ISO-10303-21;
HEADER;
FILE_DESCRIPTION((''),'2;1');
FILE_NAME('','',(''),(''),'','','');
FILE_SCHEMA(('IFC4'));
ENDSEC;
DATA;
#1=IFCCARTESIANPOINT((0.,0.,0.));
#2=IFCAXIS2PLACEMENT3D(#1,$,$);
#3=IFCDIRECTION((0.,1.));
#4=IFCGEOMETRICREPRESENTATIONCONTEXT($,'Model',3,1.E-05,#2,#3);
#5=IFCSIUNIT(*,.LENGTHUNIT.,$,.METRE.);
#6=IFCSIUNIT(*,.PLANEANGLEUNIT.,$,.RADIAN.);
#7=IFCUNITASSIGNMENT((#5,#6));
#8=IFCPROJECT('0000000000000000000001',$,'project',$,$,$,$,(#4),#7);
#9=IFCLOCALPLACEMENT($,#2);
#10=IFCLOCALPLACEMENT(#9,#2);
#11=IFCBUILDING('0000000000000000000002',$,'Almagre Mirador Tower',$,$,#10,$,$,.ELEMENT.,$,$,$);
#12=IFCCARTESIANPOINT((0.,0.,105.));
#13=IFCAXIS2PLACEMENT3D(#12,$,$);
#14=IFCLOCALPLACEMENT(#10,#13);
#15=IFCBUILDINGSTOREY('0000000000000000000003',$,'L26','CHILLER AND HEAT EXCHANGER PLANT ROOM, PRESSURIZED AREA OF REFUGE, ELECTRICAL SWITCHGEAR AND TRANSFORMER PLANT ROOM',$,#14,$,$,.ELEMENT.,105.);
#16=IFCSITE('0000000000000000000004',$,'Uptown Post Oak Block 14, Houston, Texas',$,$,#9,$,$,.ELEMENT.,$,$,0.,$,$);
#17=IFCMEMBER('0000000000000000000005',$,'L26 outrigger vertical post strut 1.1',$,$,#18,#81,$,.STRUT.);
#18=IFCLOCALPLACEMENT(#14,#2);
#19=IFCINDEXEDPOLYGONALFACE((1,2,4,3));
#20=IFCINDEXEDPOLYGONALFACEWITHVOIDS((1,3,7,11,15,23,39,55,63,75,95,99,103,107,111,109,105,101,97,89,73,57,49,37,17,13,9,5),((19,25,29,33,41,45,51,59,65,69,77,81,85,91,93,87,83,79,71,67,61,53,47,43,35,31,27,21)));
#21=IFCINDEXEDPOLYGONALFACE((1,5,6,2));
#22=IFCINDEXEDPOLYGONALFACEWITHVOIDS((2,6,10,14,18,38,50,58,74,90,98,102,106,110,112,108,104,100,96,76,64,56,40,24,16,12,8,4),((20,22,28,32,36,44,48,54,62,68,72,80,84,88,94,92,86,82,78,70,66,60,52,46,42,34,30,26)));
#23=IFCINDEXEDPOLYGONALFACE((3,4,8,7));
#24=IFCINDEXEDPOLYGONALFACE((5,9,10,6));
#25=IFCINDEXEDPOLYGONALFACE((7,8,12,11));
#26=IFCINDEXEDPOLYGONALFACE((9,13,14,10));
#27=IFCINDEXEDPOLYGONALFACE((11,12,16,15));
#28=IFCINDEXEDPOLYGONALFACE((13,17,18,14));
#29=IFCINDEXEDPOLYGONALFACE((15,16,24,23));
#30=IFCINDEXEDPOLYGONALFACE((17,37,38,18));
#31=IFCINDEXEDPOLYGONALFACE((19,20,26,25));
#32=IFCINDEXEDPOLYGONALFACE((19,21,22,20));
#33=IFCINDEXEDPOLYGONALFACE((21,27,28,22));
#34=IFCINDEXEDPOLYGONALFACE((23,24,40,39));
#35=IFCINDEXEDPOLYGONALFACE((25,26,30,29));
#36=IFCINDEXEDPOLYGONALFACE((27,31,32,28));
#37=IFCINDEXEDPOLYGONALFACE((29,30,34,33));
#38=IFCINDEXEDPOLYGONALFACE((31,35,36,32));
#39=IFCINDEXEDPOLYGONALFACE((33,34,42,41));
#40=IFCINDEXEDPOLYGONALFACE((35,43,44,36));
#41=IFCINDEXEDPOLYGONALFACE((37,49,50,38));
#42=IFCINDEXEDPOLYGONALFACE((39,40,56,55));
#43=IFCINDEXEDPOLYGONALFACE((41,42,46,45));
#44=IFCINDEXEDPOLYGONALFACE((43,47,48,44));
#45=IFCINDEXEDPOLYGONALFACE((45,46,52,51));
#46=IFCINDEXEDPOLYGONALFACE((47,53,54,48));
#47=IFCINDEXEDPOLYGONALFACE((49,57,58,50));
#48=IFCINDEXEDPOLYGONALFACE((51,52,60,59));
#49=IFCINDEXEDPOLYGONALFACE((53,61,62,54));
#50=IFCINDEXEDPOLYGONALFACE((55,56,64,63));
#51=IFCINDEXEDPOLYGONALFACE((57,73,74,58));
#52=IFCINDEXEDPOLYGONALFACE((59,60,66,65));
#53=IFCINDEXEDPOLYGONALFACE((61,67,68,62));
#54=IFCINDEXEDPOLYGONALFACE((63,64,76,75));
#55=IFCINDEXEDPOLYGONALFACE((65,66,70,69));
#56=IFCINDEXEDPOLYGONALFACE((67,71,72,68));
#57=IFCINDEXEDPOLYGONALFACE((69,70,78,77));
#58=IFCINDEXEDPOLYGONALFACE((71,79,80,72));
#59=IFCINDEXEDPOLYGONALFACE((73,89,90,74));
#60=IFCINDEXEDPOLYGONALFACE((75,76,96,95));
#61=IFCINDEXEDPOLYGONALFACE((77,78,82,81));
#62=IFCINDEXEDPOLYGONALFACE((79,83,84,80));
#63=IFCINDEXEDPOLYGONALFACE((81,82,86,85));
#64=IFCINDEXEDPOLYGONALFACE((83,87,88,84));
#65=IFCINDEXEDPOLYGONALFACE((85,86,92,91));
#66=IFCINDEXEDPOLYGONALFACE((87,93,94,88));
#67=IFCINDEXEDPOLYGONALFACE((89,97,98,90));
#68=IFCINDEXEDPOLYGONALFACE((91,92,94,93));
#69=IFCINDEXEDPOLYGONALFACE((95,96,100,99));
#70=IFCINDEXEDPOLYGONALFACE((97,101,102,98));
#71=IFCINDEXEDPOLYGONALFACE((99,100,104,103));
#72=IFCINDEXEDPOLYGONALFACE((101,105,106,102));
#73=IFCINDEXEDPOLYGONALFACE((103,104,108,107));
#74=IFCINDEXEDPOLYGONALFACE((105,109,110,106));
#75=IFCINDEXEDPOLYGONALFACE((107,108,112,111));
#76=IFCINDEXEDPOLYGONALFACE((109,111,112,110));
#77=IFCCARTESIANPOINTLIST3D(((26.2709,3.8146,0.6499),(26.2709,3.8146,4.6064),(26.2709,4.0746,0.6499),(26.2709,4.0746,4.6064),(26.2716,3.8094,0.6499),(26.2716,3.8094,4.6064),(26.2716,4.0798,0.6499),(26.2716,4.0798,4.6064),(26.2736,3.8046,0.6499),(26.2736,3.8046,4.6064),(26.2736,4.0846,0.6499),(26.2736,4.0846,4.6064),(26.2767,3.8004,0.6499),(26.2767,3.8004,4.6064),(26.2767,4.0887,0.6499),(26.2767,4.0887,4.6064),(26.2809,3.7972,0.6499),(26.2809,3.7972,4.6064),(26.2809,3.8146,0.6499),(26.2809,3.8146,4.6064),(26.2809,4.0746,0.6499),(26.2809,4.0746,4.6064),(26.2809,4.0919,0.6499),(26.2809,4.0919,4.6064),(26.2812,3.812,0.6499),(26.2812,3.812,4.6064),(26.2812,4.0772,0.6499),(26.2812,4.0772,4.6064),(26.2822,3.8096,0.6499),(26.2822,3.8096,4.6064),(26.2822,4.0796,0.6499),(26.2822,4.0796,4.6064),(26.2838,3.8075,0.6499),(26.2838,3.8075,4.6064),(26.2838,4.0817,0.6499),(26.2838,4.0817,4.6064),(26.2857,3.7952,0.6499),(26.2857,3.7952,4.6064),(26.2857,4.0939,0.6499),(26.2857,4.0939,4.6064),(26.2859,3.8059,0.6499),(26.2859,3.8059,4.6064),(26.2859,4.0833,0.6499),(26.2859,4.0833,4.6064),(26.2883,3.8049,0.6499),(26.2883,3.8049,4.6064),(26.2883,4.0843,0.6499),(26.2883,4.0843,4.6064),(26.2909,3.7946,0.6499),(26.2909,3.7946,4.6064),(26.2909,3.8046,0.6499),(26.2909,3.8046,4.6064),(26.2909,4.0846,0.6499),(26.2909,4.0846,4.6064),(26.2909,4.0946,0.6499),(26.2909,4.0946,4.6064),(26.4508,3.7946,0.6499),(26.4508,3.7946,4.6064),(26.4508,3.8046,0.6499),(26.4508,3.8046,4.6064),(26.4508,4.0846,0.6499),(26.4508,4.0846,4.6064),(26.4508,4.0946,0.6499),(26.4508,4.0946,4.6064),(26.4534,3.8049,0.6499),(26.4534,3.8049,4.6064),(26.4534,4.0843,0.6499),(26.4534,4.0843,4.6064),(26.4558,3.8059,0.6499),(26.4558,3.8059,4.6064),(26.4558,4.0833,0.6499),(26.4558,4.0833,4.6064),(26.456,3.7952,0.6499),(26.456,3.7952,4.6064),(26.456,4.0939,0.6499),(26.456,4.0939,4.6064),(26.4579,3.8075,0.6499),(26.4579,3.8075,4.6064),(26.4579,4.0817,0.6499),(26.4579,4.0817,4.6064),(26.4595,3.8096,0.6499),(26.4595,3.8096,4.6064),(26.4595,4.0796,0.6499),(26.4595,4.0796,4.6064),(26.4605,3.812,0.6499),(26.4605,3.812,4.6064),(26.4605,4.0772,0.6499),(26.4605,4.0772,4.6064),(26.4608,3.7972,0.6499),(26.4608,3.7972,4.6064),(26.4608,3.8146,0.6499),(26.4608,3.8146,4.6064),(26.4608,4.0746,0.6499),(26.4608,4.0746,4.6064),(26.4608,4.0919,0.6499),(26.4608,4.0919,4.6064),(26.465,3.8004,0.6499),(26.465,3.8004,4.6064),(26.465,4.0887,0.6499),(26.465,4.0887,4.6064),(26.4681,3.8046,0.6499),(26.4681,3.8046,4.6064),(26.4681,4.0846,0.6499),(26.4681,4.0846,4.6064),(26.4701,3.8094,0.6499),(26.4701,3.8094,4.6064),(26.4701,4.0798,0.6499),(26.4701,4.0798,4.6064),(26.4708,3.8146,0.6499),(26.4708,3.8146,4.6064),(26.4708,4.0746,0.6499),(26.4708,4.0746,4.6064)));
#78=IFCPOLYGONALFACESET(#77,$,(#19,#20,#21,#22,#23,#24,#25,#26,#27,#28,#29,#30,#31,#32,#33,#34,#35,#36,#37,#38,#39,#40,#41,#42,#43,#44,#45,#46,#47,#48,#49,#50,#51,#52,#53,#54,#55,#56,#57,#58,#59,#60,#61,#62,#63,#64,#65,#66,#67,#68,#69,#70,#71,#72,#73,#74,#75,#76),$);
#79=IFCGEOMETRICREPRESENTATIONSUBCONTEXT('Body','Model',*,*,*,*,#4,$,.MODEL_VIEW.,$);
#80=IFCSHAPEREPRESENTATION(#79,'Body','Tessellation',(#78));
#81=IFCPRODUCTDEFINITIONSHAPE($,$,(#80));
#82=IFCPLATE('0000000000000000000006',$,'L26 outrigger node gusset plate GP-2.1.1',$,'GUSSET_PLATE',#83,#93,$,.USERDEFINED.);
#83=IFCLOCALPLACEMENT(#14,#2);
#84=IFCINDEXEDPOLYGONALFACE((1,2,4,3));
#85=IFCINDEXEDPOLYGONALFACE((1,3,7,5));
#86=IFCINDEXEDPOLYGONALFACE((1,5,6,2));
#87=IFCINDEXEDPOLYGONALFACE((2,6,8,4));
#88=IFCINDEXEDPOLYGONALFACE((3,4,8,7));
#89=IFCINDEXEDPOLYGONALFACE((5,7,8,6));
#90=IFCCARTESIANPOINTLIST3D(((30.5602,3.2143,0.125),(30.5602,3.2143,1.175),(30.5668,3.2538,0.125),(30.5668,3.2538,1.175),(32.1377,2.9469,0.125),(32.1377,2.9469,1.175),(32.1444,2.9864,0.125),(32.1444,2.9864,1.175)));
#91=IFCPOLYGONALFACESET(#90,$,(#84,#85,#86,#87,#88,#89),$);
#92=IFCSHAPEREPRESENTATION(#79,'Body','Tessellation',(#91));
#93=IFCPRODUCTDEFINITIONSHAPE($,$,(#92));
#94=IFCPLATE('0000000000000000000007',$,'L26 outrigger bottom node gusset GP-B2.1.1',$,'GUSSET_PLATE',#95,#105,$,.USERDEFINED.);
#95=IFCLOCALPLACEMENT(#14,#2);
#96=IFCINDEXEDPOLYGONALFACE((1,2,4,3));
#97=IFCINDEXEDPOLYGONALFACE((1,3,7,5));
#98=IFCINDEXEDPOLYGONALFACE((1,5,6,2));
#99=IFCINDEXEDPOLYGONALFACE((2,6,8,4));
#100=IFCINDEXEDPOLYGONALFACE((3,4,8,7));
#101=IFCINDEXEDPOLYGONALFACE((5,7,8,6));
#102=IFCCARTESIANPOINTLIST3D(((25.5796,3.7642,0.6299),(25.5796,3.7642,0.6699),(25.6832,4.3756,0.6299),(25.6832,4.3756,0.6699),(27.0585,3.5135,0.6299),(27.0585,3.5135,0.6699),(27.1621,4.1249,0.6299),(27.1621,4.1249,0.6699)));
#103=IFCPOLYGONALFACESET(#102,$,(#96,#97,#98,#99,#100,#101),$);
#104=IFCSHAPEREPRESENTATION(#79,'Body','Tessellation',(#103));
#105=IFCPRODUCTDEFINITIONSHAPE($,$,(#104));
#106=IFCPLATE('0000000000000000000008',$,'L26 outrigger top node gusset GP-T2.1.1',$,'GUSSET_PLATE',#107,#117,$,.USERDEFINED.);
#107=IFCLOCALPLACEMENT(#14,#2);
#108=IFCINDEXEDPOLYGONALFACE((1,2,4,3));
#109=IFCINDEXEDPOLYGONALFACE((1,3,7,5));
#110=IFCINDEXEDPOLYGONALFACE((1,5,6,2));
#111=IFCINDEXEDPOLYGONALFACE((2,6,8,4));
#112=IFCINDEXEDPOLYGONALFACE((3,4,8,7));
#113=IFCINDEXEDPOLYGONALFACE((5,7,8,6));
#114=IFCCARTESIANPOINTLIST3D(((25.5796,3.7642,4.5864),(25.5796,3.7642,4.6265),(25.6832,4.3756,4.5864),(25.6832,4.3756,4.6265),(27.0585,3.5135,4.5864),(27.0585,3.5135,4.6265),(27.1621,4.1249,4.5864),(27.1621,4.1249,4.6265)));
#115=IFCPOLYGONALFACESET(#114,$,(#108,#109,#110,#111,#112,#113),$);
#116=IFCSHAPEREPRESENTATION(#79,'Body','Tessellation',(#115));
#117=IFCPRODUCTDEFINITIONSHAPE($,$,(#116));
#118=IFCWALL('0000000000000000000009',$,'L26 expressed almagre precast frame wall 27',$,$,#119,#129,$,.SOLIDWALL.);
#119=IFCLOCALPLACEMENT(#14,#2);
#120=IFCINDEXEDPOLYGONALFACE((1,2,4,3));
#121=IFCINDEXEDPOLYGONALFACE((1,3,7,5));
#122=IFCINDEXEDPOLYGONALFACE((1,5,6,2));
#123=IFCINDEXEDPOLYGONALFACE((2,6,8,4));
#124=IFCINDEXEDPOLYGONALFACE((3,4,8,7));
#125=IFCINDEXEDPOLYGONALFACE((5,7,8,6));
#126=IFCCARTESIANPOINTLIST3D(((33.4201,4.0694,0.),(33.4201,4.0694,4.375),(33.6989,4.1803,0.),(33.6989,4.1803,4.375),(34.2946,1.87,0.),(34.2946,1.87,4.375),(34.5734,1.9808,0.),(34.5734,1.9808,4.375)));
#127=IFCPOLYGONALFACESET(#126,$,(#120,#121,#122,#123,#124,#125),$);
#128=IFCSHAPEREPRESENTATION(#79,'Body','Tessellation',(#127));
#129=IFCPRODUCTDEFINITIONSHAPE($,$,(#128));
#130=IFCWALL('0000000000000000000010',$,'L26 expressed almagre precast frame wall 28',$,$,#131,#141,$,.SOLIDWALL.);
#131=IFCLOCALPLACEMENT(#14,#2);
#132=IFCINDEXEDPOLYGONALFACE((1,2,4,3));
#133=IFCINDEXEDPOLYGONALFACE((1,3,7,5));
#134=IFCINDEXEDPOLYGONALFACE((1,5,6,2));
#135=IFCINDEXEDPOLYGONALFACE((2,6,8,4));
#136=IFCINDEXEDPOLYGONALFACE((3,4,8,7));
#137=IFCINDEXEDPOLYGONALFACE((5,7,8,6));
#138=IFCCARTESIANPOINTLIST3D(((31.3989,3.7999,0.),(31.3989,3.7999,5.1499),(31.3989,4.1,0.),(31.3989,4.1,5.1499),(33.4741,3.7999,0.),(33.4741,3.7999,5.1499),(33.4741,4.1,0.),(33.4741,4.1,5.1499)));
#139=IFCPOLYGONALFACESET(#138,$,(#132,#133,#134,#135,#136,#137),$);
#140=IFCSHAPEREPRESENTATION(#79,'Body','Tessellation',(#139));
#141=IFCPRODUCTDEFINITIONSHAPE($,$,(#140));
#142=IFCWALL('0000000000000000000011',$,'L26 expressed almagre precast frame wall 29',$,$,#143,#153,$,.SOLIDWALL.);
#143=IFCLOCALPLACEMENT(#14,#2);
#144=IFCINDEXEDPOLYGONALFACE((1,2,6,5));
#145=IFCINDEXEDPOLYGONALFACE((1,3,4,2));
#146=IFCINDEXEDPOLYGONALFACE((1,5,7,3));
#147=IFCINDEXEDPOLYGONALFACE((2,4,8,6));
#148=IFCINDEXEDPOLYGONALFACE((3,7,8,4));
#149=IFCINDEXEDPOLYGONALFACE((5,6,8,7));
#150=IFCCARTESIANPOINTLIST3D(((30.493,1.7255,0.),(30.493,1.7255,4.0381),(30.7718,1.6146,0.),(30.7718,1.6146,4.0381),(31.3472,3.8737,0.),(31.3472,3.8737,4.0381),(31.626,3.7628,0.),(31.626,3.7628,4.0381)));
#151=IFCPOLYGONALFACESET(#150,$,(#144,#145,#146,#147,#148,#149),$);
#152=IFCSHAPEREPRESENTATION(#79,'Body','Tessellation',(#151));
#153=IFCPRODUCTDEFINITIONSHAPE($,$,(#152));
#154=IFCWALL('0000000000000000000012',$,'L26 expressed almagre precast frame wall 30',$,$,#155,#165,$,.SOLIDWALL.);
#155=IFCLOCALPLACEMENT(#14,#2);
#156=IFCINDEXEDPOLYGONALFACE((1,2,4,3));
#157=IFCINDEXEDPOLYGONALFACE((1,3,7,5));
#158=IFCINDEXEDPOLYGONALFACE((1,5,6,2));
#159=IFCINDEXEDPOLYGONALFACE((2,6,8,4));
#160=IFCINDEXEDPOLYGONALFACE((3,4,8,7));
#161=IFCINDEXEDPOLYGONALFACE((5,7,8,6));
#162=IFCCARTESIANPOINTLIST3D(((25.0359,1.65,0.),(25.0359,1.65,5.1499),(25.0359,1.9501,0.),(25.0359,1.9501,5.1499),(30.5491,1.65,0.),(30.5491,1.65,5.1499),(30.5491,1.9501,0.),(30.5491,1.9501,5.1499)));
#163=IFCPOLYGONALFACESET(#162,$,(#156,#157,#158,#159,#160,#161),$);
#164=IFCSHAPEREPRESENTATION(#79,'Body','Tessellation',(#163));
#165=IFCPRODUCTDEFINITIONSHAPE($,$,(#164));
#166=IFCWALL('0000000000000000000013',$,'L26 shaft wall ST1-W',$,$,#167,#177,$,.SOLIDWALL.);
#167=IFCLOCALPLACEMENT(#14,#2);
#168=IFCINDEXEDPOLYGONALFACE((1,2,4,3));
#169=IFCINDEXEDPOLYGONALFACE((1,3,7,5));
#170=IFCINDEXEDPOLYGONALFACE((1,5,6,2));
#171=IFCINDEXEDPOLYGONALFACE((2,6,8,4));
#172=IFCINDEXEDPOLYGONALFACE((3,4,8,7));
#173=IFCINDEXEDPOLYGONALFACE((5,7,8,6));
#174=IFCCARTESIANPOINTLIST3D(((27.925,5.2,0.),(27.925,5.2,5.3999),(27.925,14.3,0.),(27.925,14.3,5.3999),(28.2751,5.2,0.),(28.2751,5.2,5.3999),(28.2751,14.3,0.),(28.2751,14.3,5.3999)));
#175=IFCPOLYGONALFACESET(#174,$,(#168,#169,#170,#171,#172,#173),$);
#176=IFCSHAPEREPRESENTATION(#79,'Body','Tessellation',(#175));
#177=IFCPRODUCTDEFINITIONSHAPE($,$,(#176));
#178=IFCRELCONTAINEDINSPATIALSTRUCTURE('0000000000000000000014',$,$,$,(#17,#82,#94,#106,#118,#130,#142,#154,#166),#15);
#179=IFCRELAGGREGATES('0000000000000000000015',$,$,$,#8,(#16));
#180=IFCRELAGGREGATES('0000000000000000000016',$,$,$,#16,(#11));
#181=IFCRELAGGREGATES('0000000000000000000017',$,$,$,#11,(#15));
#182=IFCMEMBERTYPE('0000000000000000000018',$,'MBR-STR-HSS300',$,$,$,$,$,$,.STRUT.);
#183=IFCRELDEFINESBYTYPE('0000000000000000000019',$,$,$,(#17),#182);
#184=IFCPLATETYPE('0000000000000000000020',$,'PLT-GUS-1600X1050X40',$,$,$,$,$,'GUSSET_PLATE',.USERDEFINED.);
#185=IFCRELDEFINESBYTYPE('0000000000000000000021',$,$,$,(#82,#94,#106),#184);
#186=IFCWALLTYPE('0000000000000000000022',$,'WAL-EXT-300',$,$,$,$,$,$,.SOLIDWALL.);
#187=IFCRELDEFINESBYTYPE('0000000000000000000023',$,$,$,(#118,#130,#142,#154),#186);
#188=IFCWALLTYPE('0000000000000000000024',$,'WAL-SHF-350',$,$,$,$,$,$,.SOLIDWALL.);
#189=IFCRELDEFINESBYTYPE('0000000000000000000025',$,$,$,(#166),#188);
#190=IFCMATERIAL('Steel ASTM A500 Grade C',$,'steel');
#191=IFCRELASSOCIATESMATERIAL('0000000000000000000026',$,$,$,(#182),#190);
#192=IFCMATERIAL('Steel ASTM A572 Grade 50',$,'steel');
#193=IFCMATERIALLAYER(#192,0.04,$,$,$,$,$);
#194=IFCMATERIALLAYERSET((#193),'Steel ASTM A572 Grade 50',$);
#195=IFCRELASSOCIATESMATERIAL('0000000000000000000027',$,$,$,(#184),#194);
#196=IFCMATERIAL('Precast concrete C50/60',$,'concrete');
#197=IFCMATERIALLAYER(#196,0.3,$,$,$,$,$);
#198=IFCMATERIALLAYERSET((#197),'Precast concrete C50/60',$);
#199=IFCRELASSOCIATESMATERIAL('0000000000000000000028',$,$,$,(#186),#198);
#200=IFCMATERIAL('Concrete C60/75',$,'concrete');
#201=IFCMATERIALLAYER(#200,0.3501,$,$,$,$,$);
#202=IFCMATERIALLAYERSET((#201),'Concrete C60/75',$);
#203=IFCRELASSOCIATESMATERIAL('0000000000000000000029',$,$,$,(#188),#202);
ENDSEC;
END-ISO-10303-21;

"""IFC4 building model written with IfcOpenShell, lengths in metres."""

from ifc_helpers import new_model, si_unit, direction, frame, frame_2d, origin, origin_2d, place, context, subcontext, project, spatial, rectangle, hollow_rectangle, extrude, material, layer, layer_set, material_profile, profile_set, type_object, element, save


model = new_model("IFC4")

# Units and contexts
model_context = context("Model", 3, precision=1e-05, world=origin(), true_north=direction((0.0, 1.0)))
body_context = subcontext(model_context, "Body", "Model", "MODEL_VIEW")
ifc_project = project(units=[si_unit("LENGTHUNIT", "METRE"), si_unit("PLANEANGLEUNIT", "RADIAN")], contexts=[model_context])

# Site, building, storey
site_placement = place(None, origin())
site = spatial("IfcSite", under=ifc_project, at=site_placement, Name="Uptown Post Oak Block 14, Houston, Texas", CompositionType="ELEMENT", RefElevation=0.0)
building_placement = place(site_placement, origin())
building = spatial("IfcBuilding", under=site, at=building_placement, Name="Almagre Mirador Tower", CompositionType="ELEMENT")
storey_placement = place(building_placement, frame((0.0, 0.0, 105.0)))
storey = spatial("IfcBuildingStorey", under=building, at=storey_placement, Name="L26", Description="CHILLER AND HEAT EXCHANGER PLANT ROOM, PRESSURIZED AREA OF REFUGE, ELECTRICAL SWITCHGEAR AND TRANSFORMER PLANT ROOM", CompositionType="ELEMENT", Elevation=105.0)

# Member
ifc_material_1 = material(Name="Steel ASTM A500 Grade C", Category="steel")
ifc_material_profile_1 = material_profile(ifc_material_1, hollow_rectangle(XDim=0.2, YDim=0.3, WallThickness=0.01, InnerFilletRadius=0.01, OuterFilletRadius=0.02, at=origin_2d()), Name="HSS300X200X10")
ifc_profile_set_1 = profile_set([ifc_material_profile_1], Name="Steel ASTM A500 Grade C")
member_type_1 = type_object("IfcMemberType", Name="MBR-STR-HSS300", PredefinedType="STRUT", material=ifc_profile_set_1)
member_1_placement = place(storey_placement, frame((26.3708, 3.9446, 0.6499), z_axis=(0.0, 0.0, 1.0), x_axis=(1.0, 0.0, 0.0)))
element("IfcMember", 1, at=member_1_placement, inside=storey, type_object=member_type_1, Name="L26 outrigger vertical post strut 1.1", PredefinedType="STRUT", context=body_context, shape_type="SweptSolid", body=[
    extrude(hollow_rectangle(XDim=0.2, YDim=0.3, WallThickness=0.01, InnerFilletRadius=0.01, OuterFilletRadius=0.02, at=origin_2d()), origin(), (0.0, 0.0, 1.0), 3.9565),
])

# Plates
ifc_material_2 = material(Name="Steel ASTM A572 Grade 50", Category="steel")
ifc_layer_1 = layer(ifc_material_2, 0.04)
ifc_layer_set_1 = layer_set([ifc_layer_1], Name="Steel ASTM A572 Grade 50")
plate_type = type_object("IfcPlateType", Name="PLT-GUS-1600X1050X40", ElementType="GUSSET_PLATE", PredefinedType="USERDEFINED", material=ifc_layer_set_1)
plate_placement = place(storey_placement, frame((31.3523, 3.1003, 0.125), z_axis=(0.0, 0.0, 1.0), x_axis=(-0.985935, 0.16713, 0.0)))
element("IfcPlate", 2, at=plate_placement, inside=storey, type_object=plate_type, Name="L26 outrigger node gusset plate GP-2.1.1", ObjectType="GUSSET_PLATE", PredefinedType="USERDEFINED", context=body_context, shape_type="SweptSolid", body=[
    extrude(rectangle(XDim=1.6001, YDim=0.04, at=origin_2d()), origin(), (0.0, 0.0, 1.0), 1.05),
])
for number, where, z_axis, x_axis, name in (
    (3, (26.3708, 3.9446, 0.6299), (0.0, 0.0, 1.0), (-0.985935, 0.16713, 0.0), "L26 outrigger bottom node gusset GP-B2.1.1"),
    (4, (26.3708, 3.9446, 4.5864), (0.0, 0.0, 1.0), (-0.985935, 0.16713, 0.0), "L26 outrigger top node gusset GP-T2.1.1"),
):
    element("IfcPlate", number, at=place(storey_placement, frame(where, z_axis=z_axis, x_axis=x_axis)), inside=storey, type_object=plate_type, Name=name, ObjectType="GUSSET_PLATE", PredefinedType="USERDEFINED", context=body_context, shape_type="SweptSolid", body=[
        extrude(rectangle(XDim=1.5, YDim=0.6201, at=origin_2d()), origin(), (0.0, 0.0, 1.0), 0.04),
    ])

# Walls
ifc_material_3 = material(Name="Precast concrete C50/60", Category="concrete")
ifc_layer_2 = layer(ifc_material_3, 0.3)
ifc_layer_set_2 = layer_set([ifc_layer_2], Name="Precast concrete C50/60")
wall_type_1 = type_object("IfcWallType", Name="WAL-EXT-300", PredefinedType="SOLIDWALL", material=ifc_layer_set_2)
wall_1_placement = place(storey_placement, frame((34.4341, 1.9253, 0.0), z_axis=(0.0, 0.0, 1.0), x_axis=(-0.369469, 0.929243, 0.0)))
element("IfcWall", 5, at=wall_1_placement, inside=storey, type_object=wall_type_1, Name="L26 expressed almagre precast frame wall 27", PredefinedType="SOLIDWALL", context=body_context, shape_type="SweptSolid", body=[
    extrude(rectangle(XDim=2.3669, YDim=0.3, at=frame_2d((1.1836, 0.0))), origin(), (0.0, 0.0, 1.0), 4.375),
])
wall_2_placement = place(storey_placement, frame((33.4741, 3.95, 0.0), z_axis=(0.0, 0.0, 1.0), x_axis=(-1.0, 0.0, 0.0)))
element("IfcWall", 6, at=wall_2_placement, inside=storey, type_object=wall_type_1, Name="L26 expressed almagre precast frame wall 28", PredefinedType="SOLIDWALL", context=body_context, shape_type="SweptSolid", body=[
    extrude(rectangle(XDim=2.0752, YDim=0.3, at=frame_2d((1.0376, 0.0))), origin(), (0.0, 0.0, 1.0), 5.1499),
])
wall_3_placement = place(storey_placement, frame((31.4866, 3.8181, 0.0), z_axis=(0.0, 0.0, 1.0), x_axis=(-0.369515, -0.929225, 0.0)))
element("IfcWall", 7, at=wall_3_placement, inside=storey, type_object=wall_type_1, Name="L26 expressed almagre precast frame wall 29", PredefinedType="SOLIDWALL", context=body_context, shape_type="SweptSolid", body=[
    extrude(rectangle(XDim=2.3118, YDim=0.3, at=frame_2d((1.1558, 0.0))), origin(), (0.0, 0.0, 1.0), 4.0381),
])
wall_4_placement = place(storey_placement, frame((30.5491, 1.8, 0.0), z_axis=(0.0, 0.0, 1.0), x_axis=(-1.0, 0.0, 0.0)))
element("IfcWall", 8, at=wall_4_placement, inside=storey, type_object=wall_type_1, Name="L26 expressed almagre precast frame wall 30", PredefinedType="SOLIDWALL", context=body_context, shape_type="SweptSolid", body=[
    extrude(rectangle(XDim=5.5132, YDim=0.3, at=frame_2d((2.7566, 0.0))), origin(), (0.0, 0.0, 1.0), 5.1499),
])
ifc_material_4 = material(Name="Concrete C60/75", Category="concrete")
ifc_layer_3 = layer(ifc_material_4, 0.3501)
ifc_layer_set_3 = layer_set([ifc_layer_3], Name="Concrete C60/75")
wall_type_2 = type_object("IfcWallType", Name="WAL-SHF-350", PredefinedType="SOLIDWALL", material=ifc_layer_set_3)
wall_5_placement = place(storey_placement, frame((28.1001, 5.2, 0.0), z_axis=(0.0, 0.0, 1.0), x_axis=(0.0, 1.0, 0.0)))
element("IfcWall", 9, at=wall_5_placement, inside=storey, type_object=wall_type_2, Name="L26 shaft wall ST1-W", PredefinedType="SOLIDWALL", context=body_context, shape_type="SweptSolid", body=[
    extrude(rectangle(XDim=9.1001, YDim=0.3501, at=frame_2d((4.55, 0.0))), origin(), (0.0, 0.0, 1.0), 5.3999),
])

save(model, "model.ifc")
